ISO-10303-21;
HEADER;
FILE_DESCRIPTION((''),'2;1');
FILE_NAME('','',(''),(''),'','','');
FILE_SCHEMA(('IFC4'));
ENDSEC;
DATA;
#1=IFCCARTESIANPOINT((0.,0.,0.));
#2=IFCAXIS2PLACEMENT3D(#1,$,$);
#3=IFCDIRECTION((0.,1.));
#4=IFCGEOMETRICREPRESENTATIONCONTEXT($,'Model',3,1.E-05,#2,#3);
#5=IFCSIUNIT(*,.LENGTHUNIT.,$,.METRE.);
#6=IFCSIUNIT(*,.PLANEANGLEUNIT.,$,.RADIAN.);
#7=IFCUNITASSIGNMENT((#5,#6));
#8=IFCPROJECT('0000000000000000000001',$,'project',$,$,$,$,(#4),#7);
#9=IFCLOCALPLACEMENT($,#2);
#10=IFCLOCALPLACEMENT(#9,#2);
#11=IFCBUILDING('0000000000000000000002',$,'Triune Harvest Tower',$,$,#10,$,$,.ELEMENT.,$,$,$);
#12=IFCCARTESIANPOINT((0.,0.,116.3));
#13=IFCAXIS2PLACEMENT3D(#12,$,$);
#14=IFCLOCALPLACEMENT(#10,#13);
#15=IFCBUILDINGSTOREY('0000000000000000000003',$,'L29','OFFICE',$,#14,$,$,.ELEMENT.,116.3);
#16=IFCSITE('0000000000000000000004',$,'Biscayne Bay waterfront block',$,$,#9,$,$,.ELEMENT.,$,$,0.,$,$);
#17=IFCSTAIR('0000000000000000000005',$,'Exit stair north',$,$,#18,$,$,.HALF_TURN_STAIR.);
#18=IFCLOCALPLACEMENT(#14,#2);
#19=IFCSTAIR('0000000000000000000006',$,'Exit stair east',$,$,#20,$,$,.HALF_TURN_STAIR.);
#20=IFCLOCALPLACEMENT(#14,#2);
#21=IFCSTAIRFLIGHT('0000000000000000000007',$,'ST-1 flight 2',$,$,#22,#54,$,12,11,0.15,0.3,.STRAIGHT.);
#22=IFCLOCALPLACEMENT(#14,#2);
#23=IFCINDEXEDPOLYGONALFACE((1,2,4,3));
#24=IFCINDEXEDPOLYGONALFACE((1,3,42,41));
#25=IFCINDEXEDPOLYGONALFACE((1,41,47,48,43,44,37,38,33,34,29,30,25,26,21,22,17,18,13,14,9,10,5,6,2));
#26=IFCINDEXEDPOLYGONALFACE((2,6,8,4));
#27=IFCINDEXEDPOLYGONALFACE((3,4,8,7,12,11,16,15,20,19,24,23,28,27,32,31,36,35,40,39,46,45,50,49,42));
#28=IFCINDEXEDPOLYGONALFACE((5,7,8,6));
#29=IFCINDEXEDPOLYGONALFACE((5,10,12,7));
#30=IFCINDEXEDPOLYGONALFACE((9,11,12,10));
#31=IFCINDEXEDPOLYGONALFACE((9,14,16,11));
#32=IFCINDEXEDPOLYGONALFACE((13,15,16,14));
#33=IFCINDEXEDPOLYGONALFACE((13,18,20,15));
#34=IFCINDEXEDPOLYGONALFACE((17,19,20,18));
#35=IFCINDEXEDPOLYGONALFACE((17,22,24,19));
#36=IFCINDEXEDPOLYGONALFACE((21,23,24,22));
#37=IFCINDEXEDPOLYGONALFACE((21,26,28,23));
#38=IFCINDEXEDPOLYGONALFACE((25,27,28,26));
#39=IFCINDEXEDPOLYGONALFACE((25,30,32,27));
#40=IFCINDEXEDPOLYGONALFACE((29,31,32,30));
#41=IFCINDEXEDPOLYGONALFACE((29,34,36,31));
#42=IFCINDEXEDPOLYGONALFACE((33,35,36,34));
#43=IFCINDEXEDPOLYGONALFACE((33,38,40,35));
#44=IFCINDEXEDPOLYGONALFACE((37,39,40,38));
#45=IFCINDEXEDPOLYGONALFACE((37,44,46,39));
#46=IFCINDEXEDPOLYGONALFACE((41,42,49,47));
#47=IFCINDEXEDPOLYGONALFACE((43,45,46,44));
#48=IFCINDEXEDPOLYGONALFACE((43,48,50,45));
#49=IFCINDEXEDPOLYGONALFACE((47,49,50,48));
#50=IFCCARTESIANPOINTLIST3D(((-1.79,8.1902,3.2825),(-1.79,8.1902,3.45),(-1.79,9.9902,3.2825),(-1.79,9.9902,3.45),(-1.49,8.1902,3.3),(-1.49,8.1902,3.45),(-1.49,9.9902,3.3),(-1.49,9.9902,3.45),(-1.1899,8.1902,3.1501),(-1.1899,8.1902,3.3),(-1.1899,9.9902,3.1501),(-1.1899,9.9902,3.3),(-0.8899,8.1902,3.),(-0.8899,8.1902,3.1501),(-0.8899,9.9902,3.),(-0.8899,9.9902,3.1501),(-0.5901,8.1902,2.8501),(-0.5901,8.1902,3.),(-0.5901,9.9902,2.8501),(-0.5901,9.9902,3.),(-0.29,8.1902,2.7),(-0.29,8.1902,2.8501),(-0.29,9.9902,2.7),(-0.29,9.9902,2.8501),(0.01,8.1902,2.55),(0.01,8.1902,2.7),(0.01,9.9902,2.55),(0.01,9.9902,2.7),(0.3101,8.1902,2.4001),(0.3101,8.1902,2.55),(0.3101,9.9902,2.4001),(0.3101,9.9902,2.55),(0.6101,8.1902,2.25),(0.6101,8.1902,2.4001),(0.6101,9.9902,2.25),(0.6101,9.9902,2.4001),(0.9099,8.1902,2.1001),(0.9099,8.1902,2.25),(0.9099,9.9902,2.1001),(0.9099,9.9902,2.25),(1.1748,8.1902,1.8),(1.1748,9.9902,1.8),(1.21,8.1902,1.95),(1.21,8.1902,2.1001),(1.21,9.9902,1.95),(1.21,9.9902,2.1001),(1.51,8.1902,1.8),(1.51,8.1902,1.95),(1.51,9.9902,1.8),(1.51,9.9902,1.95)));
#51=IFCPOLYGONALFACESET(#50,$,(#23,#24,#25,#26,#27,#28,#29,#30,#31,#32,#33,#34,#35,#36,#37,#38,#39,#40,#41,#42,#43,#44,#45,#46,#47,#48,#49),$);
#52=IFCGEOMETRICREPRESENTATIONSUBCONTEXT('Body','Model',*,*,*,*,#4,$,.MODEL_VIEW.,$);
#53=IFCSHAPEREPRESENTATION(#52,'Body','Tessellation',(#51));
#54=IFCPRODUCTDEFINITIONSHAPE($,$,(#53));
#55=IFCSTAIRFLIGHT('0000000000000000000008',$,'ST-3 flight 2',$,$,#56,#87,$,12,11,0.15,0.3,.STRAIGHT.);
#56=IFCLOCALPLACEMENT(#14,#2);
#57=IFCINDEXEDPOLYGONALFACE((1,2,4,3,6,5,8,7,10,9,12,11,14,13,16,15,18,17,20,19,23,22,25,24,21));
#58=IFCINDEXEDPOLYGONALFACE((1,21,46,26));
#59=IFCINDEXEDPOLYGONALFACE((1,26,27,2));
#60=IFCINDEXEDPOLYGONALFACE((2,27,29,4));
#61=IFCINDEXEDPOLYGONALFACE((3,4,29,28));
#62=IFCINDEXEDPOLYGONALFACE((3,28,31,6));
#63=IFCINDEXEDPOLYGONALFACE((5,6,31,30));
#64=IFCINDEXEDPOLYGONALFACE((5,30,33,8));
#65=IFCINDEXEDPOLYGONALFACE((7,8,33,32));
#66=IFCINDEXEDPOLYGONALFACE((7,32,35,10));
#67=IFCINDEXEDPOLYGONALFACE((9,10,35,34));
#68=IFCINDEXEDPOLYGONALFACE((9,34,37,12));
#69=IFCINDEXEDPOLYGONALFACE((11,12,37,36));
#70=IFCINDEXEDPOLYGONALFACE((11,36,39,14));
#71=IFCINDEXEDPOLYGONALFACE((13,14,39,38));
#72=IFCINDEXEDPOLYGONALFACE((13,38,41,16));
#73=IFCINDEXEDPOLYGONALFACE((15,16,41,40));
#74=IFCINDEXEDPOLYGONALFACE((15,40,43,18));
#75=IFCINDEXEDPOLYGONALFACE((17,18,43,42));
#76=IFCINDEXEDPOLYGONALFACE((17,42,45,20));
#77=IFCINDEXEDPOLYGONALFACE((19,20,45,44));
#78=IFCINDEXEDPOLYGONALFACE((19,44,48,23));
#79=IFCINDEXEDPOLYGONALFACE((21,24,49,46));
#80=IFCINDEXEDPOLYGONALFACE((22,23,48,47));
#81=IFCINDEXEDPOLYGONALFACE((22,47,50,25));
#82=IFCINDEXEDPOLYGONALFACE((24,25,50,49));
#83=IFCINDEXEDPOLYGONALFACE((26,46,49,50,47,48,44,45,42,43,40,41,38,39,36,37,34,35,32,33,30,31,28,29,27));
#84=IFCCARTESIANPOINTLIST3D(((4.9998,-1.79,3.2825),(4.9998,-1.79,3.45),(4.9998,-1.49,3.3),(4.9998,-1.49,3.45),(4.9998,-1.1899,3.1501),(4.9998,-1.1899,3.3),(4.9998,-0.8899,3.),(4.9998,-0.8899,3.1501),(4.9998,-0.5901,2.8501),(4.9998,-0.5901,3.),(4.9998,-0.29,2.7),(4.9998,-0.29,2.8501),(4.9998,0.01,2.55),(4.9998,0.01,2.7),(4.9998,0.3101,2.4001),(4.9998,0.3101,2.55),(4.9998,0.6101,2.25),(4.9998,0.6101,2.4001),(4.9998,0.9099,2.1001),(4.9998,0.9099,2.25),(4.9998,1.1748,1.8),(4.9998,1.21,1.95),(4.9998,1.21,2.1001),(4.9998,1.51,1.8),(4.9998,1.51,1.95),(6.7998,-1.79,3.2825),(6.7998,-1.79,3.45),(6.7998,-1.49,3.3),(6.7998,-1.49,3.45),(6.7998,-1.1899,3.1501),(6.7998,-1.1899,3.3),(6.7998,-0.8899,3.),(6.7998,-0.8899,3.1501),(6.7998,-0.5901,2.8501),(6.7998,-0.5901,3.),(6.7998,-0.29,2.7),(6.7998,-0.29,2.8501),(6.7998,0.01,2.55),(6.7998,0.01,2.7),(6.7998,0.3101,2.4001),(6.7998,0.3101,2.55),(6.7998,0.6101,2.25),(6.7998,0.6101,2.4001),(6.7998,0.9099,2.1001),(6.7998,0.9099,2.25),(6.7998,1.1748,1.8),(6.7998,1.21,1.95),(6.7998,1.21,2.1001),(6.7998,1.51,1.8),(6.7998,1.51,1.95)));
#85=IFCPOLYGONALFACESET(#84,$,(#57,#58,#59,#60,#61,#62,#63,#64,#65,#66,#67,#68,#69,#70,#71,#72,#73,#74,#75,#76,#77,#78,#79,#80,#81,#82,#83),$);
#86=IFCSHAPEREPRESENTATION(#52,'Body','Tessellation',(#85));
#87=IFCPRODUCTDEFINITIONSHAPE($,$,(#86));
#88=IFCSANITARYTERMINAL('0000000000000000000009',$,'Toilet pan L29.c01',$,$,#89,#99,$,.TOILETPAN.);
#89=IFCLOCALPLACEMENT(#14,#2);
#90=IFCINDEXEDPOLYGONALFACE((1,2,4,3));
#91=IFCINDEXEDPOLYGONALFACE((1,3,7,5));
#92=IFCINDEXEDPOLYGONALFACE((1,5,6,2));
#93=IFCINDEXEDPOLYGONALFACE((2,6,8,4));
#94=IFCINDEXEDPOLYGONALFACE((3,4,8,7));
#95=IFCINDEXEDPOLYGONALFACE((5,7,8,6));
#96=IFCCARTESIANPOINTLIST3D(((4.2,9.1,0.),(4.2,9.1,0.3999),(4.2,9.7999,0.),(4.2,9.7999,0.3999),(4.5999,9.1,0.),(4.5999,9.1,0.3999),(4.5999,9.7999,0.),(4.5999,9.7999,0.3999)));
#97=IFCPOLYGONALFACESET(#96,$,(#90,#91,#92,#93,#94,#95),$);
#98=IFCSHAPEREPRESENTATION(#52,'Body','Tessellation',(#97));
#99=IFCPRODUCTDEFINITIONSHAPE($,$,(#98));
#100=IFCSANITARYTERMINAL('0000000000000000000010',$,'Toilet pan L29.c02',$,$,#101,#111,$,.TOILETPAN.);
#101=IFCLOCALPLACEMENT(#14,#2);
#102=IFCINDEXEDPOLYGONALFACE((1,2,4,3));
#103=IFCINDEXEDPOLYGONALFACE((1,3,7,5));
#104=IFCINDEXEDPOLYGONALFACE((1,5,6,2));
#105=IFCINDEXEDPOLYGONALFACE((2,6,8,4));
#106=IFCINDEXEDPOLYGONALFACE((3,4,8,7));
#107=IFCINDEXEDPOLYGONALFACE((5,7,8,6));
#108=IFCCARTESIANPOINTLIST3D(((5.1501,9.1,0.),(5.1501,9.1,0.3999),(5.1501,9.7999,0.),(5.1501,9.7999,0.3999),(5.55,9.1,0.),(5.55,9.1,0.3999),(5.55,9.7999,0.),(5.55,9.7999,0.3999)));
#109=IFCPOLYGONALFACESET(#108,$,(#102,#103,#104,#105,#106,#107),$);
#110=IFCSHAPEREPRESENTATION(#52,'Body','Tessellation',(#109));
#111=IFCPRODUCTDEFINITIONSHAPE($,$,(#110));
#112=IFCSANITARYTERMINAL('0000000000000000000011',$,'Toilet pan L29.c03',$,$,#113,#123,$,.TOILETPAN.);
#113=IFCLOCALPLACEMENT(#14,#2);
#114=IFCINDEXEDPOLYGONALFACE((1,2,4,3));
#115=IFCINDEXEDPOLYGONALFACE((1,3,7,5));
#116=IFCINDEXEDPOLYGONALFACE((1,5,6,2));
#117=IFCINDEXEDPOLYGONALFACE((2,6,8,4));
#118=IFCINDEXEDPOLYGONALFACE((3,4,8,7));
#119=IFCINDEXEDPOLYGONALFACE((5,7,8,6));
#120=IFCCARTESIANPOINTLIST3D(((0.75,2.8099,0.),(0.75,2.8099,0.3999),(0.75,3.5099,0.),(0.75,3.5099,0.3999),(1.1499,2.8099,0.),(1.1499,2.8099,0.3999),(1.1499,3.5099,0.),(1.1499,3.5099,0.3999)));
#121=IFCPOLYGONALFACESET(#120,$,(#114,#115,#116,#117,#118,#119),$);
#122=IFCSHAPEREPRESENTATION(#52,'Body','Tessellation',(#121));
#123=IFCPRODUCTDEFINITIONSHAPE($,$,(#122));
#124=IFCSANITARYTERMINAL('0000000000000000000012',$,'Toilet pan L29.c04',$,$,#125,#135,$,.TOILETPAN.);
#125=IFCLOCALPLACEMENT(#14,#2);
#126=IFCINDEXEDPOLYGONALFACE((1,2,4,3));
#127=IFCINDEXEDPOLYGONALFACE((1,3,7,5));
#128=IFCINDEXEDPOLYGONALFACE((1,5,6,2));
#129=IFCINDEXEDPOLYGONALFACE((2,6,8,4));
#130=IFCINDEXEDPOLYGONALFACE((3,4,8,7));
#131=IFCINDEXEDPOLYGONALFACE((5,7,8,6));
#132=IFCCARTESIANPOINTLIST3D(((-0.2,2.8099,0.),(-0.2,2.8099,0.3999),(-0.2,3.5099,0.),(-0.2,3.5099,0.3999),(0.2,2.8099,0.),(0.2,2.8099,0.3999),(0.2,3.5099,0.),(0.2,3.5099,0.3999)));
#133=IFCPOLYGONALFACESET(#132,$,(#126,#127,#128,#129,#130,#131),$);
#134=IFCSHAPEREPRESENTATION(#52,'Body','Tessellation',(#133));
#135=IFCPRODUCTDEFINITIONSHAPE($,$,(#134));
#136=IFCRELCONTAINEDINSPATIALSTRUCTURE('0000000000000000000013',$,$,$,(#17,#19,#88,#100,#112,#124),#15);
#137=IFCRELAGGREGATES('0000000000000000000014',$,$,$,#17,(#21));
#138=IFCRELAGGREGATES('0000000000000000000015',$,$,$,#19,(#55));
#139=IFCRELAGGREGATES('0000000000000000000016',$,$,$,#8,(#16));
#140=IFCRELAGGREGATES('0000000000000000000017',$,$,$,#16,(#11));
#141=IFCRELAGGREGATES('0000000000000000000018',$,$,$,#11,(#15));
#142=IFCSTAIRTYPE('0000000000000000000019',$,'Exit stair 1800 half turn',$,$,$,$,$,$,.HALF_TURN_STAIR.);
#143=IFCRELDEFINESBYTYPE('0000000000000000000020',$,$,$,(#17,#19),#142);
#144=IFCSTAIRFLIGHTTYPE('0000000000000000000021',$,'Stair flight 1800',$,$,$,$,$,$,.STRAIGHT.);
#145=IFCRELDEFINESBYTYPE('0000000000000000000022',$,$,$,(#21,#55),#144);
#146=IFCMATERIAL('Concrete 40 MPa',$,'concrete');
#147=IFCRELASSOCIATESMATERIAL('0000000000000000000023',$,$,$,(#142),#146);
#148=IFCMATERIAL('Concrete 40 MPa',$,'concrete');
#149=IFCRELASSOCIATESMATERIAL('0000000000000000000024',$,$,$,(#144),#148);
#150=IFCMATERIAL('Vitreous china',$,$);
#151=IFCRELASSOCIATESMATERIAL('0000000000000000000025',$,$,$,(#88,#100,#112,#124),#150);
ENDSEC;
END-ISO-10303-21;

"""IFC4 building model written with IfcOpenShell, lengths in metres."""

from ifc_helpers import new_model, si_unit, direction, frame, origin, origin_2d, place, context, subcontext, project, spatial, polyline, rectangle, outline, extrude, source, transform, mapped, material, type_object, element, aggregate, save


model = new_model("IFC4")

# Units and contexts
model_context = context("Model", 3, precision=1e-05, world=origin(), true_north=direction((0.0, 1.0)))
body_context = subcontext(model_context, "Body", "Model", "MODEL_VIEW")
ifc_project = project(units=[si_unit("LENGTHUNIT", "METRE"), si_unit("PLANEANGLEUNIT", "RADIAN")], contexts=[model_context])

# Site, building, storey
site_placement = place(None, origin())
site = spatial("IfcSite", under=ifc_project, at=site_placement, Name="Biscayne Bay waterfront block", CompositionType="ELEMENT", RefElevation=0.0)
building_placement = place(site_placement, origin())
building = spatial("IfcBuilding", under=site, at=building_placement, Name="Triune Harvest Tower", CompositionType="ELEMENT")
storey_placement = place(building_placement, frame((0.0, 0.0, 116.3)))
storey = spatial("IfcBuildingStorey", under=building, at=storey_placement, Name="L29", Description="OFFICE", CompositionType="ELEMENT", Elevation=116.3)

# Stairs
ifc_material_1 = material(Name="Concrete 40 MPa", Category="concrete")
stair_type = type_object("IfcStairType", Name="Exit stair 1800 half turn", PredefinedType="HALF_TURN_STAIR", material=ifc_material_1)
stair_1_placement = place(storey_placement, origin())
stair_1 = element("IfcStair", 1, at=stair_1_placement, inside=storey, type_object=stair_type, Name="Exit stair north", PredefinedType="HALF_TURN_STAIR")
stair_2_placement = place(storey_placement, origin())
stair_2 = element("IfcStair", 2, at=stair_2_placement, inside=storey, type_object=stair_type, Name="Exit stair east", PredefinedType="HALF_TURN_STAIR")

# Stair flights
ifc_material_2 = material(Name="Concrete 40 MPa", Category="concrete")
stair_flight_type = type_object("IfcStairFlightType", Name="Stair flight 1800", PredefinedType="STRAIGHT", material=ifc_material_2)
shared_shape_1 = source(origin(), body_context, "Body", "SweptSolid", [
    extrude(outline(polyline([(0.0, 0.0), (0.0, 0.1499), (0.3, 0.1499), (0.3, 0.3), (0.6001, 0.3), (0.6001, 0.45), (0.8999, 0.45), (0.8999, 0.6001), (1.2, 0.6001), (1.2, 0.75), (1.5, 0.75), (1.5, 0.8999), (1.8, 0.8999), (1.8, 1.05), (2.1001, 1.05), (2.1001, 1.2), (2.3999, 1.2), (2.3999, 1.3501), (2.7, 1.3501), (2.7, 1.5), (3.0, 1.5), (3.0, 1.6499), (3.3, 1.6499), (3.3, 1.8), (3.3, 1.4824), (0.3352, 0.0), (0.0, 0.0)])), frame((0.0, 0.8999, 0.0), z_axis=(0.0, -1.0, 0.0), x_axis=(1.0, 0.0, 0.0)), (0.0, 0.0, 1.0), 1.8),
])
stair_flight_1_placement = place(storey_placement, frame((1.51, 9.0901, 1.8), z_axis=(0.0, 0.0, 1.0), x_axis=(-1.0, 0.0, 0.0)))
stair_flight_1 = element("IfcStairFlight", 3, at=stair_flight_1_placement, type_object=stair_flight_type, Name="ST-1 flight 2", NumberOfRisers=12, NumberOfTreads=11, PredefinedType="STRAIGHT", RiserHeight=0.15, TreadLength=0.3, context=body_context, shape_type="MappedRepresentation", body=[
    mapped(shared_shape_1, transform((0.0, 0.0, 0.0), scale=1.0)),
])
aggregate(stair_1, [stair_flight_1])
stair_flight_2_placement = place(storey_placement, frame((5.8999, 1.51, 1.8), z_axis=(0.0, 0.0, 1.0), x_axis=(0.0, -1.0, 0.0)))
stair_flight_2 = element("IfcStairFlight", 4, at=stair_flight_2_placement, type_object=stair_flight_type, Name="ST-3 flight 2", NumberOfRisers=12, NumberOfTreads=11, PredefinedType="STRAIGHT", RiserHeight=0.15, TreadLength=0.3, context=body_context, shape_type="MappedRepresentation", body=[
    mapped(shared_shape_1, transform((0.0, 0.0, 0.0), scale=1.0)),
])
aggregate(stair_2, [stair_flight_2])

# Sanitary terminals
ifc_material_3 = material(Name="Vitreous china")
shared_shape_2 = source(origin(), body_context, "Body", "SweptSolid", [
    extrude(rectangle(XDim=0.3999, YDim=0.7, at=origin_2d()), origin(), (0.0, 0.0, 1.0), 0.3999),
])
for number, where, z_axis, x_axis, name in (
    (5, (4.3999, 9.45, 0.0), (0.0, 0.0, 1.0), (1.0, 0.0, 0.0), "Toilet pan L29.c01"),
    (6, (5.3501, 9.45, 0.0), (0.0, 0.0, 1.0), (1.0, 0.0, 0.0), "Toilet pan L29.c02"),
    (7, (0.95, 3.1599, 0.0), (0.0, 0.0, 1.0), (-1.0, 0.0, 0.0), "Toilet pan L29.c03"),
    (8, (0.0, 3.1599, 0.0), (0.0, 0.0, 1.0), (-1.0, 0.0, 0.0), "Toilet pan L29.c04"),
):
    element("IfcSanitaryTerminal", number, at=place(storey_placement, frame(where, z_axis=z_axis, x_axis=x_axis)), inside=storey, material=ifc_material_3, Name=name, PredefinedType="TOILETPAN", context=body_context, shape_type="MappedRepresentation", body=[
        mapped(shared_shape_2, transform((0.0, 0.0, 0.0), scale=1.0)),
    ])

save(model, "model.ifc")
